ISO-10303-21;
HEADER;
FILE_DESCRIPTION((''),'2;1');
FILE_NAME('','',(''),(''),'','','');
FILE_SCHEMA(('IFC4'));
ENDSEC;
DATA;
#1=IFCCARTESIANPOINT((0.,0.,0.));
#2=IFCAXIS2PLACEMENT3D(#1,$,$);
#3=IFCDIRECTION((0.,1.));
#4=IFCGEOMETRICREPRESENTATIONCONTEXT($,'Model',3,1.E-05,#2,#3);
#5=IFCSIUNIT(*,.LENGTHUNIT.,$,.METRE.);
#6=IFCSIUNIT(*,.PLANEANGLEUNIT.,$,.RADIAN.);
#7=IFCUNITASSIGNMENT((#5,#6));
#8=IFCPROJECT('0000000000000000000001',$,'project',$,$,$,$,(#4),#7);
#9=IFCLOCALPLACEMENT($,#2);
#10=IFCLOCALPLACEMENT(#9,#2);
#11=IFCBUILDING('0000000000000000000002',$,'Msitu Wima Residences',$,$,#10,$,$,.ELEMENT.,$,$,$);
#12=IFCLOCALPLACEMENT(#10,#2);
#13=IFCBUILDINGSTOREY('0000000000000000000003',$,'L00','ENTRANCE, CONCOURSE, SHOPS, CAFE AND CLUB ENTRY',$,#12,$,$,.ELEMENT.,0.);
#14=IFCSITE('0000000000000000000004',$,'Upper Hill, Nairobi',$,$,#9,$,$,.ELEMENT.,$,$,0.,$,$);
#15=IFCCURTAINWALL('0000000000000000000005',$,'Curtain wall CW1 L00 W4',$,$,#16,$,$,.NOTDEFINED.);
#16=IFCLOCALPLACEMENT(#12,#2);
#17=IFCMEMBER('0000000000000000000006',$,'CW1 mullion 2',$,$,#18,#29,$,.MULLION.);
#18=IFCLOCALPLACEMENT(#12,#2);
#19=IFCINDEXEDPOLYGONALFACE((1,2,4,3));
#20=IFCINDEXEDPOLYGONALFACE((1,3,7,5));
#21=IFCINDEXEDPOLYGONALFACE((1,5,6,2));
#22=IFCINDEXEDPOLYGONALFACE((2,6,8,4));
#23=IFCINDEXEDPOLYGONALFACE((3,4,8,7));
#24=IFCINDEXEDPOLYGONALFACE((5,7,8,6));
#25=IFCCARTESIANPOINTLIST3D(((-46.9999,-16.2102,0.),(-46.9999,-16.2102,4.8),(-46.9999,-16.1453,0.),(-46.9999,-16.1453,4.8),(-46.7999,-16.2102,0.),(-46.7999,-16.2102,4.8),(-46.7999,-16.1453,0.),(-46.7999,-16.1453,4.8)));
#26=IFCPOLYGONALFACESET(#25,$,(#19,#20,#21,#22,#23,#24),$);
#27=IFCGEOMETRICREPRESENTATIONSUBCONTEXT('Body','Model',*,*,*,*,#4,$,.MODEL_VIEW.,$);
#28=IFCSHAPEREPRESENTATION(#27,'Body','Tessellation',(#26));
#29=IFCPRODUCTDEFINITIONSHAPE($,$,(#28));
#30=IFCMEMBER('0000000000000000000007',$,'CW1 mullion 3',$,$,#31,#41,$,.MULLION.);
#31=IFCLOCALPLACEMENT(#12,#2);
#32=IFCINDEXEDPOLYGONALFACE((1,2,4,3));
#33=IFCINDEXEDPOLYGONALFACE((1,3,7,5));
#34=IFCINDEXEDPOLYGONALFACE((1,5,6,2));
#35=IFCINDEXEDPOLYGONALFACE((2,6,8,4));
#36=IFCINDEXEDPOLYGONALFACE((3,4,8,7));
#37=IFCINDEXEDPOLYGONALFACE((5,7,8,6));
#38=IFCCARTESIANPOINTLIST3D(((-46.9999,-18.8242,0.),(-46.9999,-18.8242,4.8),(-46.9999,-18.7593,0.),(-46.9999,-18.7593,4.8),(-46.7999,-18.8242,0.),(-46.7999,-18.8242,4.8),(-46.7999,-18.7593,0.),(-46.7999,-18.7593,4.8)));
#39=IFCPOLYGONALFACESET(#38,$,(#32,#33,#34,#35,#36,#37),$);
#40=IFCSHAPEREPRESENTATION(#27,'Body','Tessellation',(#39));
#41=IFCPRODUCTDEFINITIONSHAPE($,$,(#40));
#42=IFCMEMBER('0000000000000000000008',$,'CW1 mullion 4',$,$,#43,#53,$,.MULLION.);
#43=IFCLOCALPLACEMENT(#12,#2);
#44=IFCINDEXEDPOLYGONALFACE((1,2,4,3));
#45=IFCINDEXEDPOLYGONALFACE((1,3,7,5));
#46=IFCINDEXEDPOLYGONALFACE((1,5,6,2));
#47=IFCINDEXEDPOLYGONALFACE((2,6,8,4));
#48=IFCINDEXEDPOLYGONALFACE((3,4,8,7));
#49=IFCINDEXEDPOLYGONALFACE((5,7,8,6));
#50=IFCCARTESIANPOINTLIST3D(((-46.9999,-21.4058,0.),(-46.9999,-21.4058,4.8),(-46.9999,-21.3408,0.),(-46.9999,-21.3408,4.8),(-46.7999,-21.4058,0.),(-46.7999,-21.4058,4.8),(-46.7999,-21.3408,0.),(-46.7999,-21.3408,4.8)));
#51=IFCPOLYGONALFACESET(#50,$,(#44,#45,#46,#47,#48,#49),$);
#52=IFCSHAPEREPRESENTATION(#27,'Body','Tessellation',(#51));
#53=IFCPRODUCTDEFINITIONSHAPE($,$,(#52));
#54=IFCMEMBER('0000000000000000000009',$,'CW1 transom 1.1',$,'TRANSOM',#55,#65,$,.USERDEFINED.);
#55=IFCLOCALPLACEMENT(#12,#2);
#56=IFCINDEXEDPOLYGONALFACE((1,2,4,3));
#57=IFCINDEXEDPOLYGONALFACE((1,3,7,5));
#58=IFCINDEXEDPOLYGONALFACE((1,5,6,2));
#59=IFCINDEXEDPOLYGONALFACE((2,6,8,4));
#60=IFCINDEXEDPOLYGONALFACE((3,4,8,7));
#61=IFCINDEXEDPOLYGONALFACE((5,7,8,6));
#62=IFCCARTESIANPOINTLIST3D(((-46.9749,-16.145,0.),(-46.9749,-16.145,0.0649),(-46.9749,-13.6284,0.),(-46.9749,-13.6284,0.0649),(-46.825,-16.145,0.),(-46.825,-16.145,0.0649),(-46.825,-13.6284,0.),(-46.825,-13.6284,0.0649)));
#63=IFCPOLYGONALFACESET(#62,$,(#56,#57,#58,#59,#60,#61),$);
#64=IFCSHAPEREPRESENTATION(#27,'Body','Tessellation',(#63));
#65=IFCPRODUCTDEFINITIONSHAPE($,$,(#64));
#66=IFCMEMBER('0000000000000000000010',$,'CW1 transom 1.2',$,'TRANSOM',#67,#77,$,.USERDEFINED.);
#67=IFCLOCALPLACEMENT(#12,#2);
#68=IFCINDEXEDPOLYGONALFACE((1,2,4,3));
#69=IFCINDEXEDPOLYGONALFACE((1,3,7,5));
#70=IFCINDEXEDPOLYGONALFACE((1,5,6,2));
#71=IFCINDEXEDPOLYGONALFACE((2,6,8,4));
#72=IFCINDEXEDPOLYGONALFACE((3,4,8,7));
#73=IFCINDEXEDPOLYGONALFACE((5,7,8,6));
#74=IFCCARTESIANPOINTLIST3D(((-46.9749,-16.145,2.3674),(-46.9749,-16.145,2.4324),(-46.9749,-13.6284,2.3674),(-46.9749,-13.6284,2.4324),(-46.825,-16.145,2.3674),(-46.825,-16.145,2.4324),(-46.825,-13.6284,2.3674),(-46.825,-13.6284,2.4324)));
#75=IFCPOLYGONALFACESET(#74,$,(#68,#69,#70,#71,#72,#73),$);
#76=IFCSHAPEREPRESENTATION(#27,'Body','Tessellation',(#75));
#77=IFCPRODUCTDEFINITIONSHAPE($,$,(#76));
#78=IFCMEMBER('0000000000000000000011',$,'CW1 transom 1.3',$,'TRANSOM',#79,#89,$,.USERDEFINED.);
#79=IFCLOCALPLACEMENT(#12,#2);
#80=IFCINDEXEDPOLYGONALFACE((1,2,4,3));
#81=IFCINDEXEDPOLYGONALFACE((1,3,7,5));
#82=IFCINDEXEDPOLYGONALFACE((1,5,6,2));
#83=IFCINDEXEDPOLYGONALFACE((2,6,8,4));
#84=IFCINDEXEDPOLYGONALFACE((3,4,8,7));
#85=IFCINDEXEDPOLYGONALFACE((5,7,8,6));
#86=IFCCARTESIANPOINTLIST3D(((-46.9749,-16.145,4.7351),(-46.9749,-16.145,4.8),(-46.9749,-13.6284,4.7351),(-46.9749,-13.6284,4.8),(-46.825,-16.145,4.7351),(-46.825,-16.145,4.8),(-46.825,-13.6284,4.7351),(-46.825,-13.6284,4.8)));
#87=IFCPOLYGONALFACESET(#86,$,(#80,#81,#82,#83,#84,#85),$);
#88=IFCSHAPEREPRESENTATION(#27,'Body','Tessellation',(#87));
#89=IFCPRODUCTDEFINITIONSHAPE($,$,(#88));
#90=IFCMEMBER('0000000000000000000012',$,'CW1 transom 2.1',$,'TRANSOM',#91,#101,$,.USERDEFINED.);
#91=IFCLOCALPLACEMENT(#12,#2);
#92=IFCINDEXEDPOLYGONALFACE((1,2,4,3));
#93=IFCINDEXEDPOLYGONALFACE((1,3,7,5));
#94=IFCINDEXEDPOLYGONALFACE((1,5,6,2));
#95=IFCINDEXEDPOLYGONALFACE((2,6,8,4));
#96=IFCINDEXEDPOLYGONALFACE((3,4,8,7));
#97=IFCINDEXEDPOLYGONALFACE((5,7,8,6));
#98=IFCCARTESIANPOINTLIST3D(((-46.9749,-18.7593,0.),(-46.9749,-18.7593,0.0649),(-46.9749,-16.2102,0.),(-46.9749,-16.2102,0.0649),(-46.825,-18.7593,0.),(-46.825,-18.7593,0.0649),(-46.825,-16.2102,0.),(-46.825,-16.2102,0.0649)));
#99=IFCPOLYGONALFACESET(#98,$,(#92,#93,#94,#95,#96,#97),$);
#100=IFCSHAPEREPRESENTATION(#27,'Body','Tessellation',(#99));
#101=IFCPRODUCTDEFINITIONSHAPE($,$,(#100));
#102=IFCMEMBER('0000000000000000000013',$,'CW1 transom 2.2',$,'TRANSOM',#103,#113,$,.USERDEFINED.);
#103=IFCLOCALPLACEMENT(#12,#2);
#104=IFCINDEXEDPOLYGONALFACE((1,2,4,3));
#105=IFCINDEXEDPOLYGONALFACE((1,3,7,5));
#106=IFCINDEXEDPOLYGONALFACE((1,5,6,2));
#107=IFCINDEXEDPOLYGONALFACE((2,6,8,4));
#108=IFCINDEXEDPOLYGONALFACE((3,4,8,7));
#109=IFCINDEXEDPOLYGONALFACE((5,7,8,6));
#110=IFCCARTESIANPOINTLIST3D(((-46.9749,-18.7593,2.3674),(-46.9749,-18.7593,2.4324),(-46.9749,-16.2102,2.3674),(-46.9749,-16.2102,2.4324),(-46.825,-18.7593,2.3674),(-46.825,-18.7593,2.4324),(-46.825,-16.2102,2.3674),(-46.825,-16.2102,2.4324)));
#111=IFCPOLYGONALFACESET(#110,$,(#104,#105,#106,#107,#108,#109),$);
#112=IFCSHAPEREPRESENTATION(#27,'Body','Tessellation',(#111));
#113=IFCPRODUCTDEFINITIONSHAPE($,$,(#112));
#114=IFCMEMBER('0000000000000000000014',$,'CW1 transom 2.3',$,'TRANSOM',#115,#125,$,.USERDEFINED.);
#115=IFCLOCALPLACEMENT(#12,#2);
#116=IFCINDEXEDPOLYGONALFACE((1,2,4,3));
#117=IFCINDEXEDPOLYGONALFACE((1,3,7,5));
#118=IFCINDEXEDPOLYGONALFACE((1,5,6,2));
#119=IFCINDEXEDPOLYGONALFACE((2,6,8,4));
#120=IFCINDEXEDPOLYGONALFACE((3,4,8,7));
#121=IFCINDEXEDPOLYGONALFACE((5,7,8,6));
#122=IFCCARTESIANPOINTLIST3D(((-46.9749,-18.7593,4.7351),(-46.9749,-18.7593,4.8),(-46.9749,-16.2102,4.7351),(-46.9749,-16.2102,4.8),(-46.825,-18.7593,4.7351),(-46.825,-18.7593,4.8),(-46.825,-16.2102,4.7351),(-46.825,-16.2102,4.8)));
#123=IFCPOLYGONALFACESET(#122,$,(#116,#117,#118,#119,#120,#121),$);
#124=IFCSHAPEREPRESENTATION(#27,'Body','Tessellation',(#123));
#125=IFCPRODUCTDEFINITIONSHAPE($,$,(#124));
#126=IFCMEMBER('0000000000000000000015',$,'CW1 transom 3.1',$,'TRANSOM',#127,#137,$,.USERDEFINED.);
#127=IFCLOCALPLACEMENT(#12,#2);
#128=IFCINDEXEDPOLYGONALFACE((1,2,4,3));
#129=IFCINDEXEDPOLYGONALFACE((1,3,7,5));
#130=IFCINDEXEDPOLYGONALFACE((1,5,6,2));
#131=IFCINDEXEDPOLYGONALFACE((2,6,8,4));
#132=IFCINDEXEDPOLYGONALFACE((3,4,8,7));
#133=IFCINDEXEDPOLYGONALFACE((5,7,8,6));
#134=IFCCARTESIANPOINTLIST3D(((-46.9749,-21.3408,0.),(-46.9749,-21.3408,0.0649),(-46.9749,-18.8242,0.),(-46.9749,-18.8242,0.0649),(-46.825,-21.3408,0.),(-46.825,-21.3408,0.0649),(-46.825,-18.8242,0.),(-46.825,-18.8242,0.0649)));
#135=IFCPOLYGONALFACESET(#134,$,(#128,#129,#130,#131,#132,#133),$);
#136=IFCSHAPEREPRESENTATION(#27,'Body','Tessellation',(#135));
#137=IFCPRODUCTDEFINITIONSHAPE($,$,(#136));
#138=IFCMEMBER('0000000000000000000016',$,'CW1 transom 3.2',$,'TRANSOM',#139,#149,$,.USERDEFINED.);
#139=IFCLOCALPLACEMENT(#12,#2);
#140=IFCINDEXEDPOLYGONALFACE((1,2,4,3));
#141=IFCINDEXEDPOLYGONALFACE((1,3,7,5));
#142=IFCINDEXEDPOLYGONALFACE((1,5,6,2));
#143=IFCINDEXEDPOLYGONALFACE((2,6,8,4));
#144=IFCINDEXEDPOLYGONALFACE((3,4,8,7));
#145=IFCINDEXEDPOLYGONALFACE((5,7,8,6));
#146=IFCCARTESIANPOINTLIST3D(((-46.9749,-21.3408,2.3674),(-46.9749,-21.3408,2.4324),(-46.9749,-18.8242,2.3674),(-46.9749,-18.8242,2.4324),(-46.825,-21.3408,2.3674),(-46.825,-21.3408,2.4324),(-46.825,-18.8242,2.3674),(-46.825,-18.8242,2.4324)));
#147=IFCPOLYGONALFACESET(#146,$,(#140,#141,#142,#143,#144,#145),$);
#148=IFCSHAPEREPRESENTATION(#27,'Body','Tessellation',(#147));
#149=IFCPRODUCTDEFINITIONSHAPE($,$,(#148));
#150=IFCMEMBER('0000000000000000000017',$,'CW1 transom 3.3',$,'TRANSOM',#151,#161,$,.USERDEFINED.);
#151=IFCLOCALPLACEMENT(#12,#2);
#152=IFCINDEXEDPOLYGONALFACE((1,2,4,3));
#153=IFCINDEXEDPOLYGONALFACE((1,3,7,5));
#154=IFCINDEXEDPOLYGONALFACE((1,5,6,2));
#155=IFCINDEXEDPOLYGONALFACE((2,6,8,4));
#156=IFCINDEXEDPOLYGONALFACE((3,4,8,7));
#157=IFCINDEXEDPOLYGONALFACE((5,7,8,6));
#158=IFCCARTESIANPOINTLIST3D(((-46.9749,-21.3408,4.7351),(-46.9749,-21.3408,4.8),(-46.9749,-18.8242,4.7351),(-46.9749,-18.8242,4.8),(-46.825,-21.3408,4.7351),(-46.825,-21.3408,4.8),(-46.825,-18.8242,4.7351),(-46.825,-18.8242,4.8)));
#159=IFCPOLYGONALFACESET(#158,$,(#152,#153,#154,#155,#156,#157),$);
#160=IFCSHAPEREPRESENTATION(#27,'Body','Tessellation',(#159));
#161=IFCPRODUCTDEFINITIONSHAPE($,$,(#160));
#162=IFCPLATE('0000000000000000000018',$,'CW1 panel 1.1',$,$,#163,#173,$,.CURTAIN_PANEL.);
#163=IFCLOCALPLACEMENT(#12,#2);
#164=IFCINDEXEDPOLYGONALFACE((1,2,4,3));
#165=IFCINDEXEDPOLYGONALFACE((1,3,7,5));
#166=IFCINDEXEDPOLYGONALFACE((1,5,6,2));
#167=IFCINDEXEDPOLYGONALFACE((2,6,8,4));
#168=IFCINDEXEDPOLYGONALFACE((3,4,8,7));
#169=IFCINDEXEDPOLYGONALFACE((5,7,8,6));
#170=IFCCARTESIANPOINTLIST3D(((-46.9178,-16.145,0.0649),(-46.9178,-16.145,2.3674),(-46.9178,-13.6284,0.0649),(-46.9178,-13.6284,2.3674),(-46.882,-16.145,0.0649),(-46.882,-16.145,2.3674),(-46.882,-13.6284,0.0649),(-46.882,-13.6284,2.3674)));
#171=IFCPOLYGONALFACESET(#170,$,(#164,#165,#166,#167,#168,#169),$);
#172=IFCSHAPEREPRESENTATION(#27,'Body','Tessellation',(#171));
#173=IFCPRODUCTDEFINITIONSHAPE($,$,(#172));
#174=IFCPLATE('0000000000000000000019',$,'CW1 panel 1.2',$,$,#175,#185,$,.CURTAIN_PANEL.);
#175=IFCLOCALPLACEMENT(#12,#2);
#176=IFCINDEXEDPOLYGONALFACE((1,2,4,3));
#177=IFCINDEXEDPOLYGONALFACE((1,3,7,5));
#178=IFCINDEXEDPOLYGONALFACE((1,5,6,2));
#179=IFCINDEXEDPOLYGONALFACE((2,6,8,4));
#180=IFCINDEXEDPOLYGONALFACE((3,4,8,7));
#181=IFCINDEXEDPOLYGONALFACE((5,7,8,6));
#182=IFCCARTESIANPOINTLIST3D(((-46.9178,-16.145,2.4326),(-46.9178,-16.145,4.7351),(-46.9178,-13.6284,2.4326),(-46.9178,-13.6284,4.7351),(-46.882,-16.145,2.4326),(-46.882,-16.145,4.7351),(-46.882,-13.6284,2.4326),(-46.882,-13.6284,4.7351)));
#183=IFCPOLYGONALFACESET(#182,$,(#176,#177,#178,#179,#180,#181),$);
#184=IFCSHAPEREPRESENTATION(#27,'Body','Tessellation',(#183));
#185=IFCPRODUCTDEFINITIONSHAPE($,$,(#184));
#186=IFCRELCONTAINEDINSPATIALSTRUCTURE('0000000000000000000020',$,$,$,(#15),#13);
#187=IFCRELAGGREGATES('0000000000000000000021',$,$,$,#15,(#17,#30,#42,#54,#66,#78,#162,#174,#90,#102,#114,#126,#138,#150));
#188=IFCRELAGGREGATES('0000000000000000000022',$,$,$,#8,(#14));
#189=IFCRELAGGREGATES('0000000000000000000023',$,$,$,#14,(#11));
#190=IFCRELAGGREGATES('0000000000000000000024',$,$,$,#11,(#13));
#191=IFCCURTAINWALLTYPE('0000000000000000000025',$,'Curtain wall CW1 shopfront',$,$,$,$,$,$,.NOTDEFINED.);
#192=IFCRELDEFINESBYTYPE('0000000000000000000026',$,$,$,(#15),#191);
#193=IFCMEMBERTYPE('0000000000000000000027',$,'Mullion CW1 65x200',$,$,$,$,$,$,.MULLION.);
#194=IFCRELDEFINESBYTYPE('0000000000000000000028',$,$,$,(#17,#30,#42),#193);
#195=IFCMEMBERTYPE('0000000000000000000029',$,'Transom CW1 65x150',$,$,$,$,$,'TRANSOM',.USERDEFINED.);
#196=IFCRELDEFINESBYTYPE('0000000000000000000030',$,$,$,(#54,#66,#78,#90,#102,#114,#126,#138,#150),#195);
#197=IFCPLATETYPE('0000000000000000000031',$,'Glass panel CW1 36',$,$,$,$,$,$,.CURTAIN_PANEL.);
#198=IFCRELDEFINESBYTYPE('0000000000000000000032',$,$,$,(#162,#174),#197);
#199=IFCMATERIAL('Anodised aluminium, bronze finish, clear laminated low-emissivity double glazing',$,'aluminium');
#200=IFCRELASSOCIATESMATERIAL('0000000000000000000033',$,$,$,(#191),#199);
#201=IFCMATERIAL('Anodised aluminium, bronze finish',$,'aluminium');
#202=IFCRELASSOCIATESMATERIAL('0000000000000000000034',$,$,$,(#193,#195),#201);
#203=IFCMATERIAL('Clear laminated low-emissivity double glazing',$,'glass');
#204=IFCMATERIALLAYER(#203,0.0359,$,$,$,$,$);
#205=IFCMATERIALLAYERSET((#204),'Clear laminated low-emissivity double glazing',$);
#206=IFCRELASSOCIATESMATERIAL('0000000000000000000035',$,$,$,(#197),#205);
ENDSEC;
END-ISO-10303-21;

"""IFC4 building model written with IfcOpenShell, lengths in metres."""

from ifc_helpers import new_model, si_unit, direction, frame, origin, origin_2d, place, context, subcontext, project, spatial, rectangle, extrude, material, layer, layer_set, material_profile, profile_set, type_object, element, aggregate, save


model = new_model("IFC4")

# Units and contexts
model_context = context("Model", 3, precision=1e-05, world=origin(), true_north=direction((0.0, 1.0)))
body_context = subcontext(model_context, "Body", "Model", "MODEL_VIEW")
ifc_project = project(units=[si_unit("LENGTHUNIT", "METRE"), si_unit("PLANEANGLEUNIT", "RADIAN")], contexts=[model_context])

# Site, building, storey
site_placement = place(None, origin())
site = spatial("IfcSite", under=ifc_project, at=site_placement, Name="Upper Hill, Nairobi", CompositionType="ELEMENT", RefElevation=0.0)
building_placement = place(site_placement, origin())
building = spatial("IfcBuilding", under=site, at=building_placement, Name="Msitu Wima Residences", CompositionType="ELEMENT")
storey_placement = place(building_placement, origin())
storey = spatial("IfcBuildingStorey", under=building, at=storey_placement, Name="L00", Description="ENTRANCE, CONCOURSE, SHOPS, CAFE AND CLUB ENTRY", CompositionType="ELEMENT", Elevation=0.0)

# Curtain wall, members, plates
ifc_material_1 = material(Name="Anodised aluminium, bronze finish, clear laminated low-emissivity double glazing", Category="aluminium")
curtain_wall_type = type_object("IfcCurtainWallType", Name="Curtain wall CW1 shopfront", PredefinedType="NOTDEFINED", material=ifc_material_1)
curtain_wall_placement = place(storey_placement, origin())
curtain_wall = element("IfcCurtainWall", 1, at=curtain_wall_placement, inside=storey, type_object=curtain_wall_type, Name="Curtain wall CW1 L00 W4", PredefinedType="NOTDEFINED")
ifc_material_2 = material(Name="Anodised aluminium, bronze finish", Category="aluminium")
ifc_material_profile_1 = material_profile(ifc_material_2, rectangle(XDim=0.2, YDim=0.0649, at=origin_2d()), Name="Mullion 65x200")
ifc_profile_set_1 = profile_set([ifc_material_profile_1], Name="Anodised aluminium, bronze finish")
member_type_1 = type_object("IfcMemberType", Name="Mullion CW1 65x200", PredefinedType="MULLION", material=ifc_profile_set_1)
member_1_placement = place(storey_placement, frame((-46.8999, -16.1777, 0.0), z_axis=(0.0, 0.0, 1.0), x_axis=(1.0, 0.0, 0.0)))
member_1 = element("IfcMember", 2, at=member_1_placement, type_object=member_type_1, Name="CW1 mullion 2", PredefinedType="MULLION", context=body_context, shape_type="SweptSolid", body=[
    extrude(rectangle(XDim=0.2, YDim=0.0649, at=origin_2d()), origin(), (0.0, 0.0, 1.0), 4.8),
])
member_2_placement = place(storey_placement, frame((-46.8999, -18.7917, 0.0), z_axis=(0.0, 0.0, 1.0), x_axis=(1.0, 0.0, 0.0)))
member_2 = element("IfcMember", 3, at=member_2_placement, type_object=member_type_1, Name="CW1 mullion 3", PredefinedType="MULLION", context=body_context, shape_type="SweptSolid", body=[
    extrude(rectangle(XDim=0.2, YDim=0.0649, at=origin_2d()), origin(), (0.0, 0.0, 1.0), 4.8),
])
member_3_placement = place(storey_placement, frame((-46.8999, -21.3733, 0.0), z_axis=(0.0, 0.0, 1.0), x_axis=(1.0, 0.0, 0.0)))
member_3 = element("IfcMember", 4, at=member_3_placement, type_object=member_type_1, Name="CW1 mullion 4", PredefinedType="MULLION", context=body_context, shape_type="SweptSolid", body=[
    extrude(rectangle(XDim=0.2, YDim=0.0649, at=origin_2d()), origin(), (0.0, 0.0, 1.0), 4.8),
])
ifc_material_profile_2 = material_profile(ifc_material_2, rectangle(XDim=0.1499, YDim=0.0649, at=origin_2d()), Name="Transom 65x150")
ifc_profile_set_2 = profile_set([ifc_material_profile_2], Name="Anodised aluminium, bronze finish")
member_type_2 = type_object("IfcMemberType", Name="Transom CW1 65x150", ElementType="TRANSOM", PredefinedType="USERDEFINED", material=ifc_profile_set_2)
member_4_placement = place(storey_placement, frame((-46.8999, -13.6284, 0.0325), z_axis=(0.0, -1.0, 0.0), x_axis=(1.0, 0.0, 0.0)))
member_4 = element("IfcMember", 5, at=member_4_placement, type_object=member_type_2, Name="CW1 transom 1.1", ObjectType="TRANSOM", PredefinedType="USERDEFINED", context=body_context, shape_type="SweptSolid", body=[
    extrude(rectangle(XDim=0.1499, YDim=0.0649, at=origin_2d()), origin(), (0.0, 0.0, 1.0), 2.5166),
])
member_5_placement = place(storey_placement, frame((-46.8999, -13.6284, 2.3999), z_axis=(0.0, -1.0, 0.0), x_axis=(1.0, 0.0, 0.0)))
member_5 = element("IfcMember", 6, at=member_5_placement, type_object=member_type_2, Name="CW1 transom 1.2", ObjectType="TRANSOM", PredefinedType="USERDEFINED", context=body_context, shape_type="SweptSolid", body=[
    extrude(rectangle(XDim=0.1499, YDim=0.0649, at=origin_2d()), origin(), (0.0, 0.0, 1.0), 2.5166),
])
member_6_placement = place(storey_placement, frame((-46.8999, -13.6284, 4.7676), z_axis=(0.0, -1.0, 0.0), x_axis=(1.0, 0.0, 0.0)))
member_6 = element("IfcMember", 7, at=member_6_placement, type_object=member_type_2, Name="CW1 transom 1.3", ObjectType="TRANSOM", PredefinedType="USERDEFINED", context=body_context, shape_type="SweptSolid", body=[
    extrude(rectangle(XDim=0.1499, YDim=0.0649, at=origin_2d()), origin(), (0.0, 0.0, 1.0), 2.5166),
])
member_7_placement = place(storey_placement, frame((-46.8999, -16.2102, 0.0325), z_axis=(0.0, -1.0, 0.0), x_axis=(1.0, 0.0, 0.0)))
member_7 = element("IfcMember", 8, at=member_7_placement, type_object=member_type_2, Name="CW1 transom 2.1", ObjectType="TRANSOM", PredefinedType="USERDEFINED", context=body_context, shape_type="SweptSolid", body=[
    extrude(rectangle(XDim=0.1499, YDim=0.0649, at=origin_2d()), origin(), (0.0, 0.0, 1.0), 2.5491),
])
member_8_placement = place(storey_placement, frame((-46.8999, -16.2102, 2.3999), z_axis=(0.0, -1.0, 0.0), x_axis=(1.0, 0.0, 0.0)))
member_8 = element("IfcMember", 9, at=member_8_placement, type_object=member_type_2, Name="CW1 transom 2.2", ObjectType="TRANSOM", PredefinedType="USERDEFINED", context=body_context, shape_type="SweptSolid", body=[
    extrude(rectangle(XDim=0.1499, YDim=0.0649, at=origin_2d()), origin(), (0.0, 0.0, 1.0), 2.5491),
])
member_9_placement = place(storey_placement, frame((-46.8999, -16.2102, 4.7676), z_axis=(0.0, -1.0, 0.0), x_axis=(1.0, 0.0, 0.0)))
member_9 = element("IfcMember", 10, at=member_9_placement, type_object=member_type_2, Name="CW1 transom 2.3", ObjectType="TRANSOM", PredefinedType="USERDEFINED", context=body_context, shape_type="SweptSolid", body=[
    extrude(rectangle(XDim=0.1499, YDim=0.0649, at=origin_2d()), origin(), (0.0, 0.0, 1.0), 2.5491),
])
member_10_placement = place(storey_placement, frame((-46.8999, -18.8242, 0.0325), z_axis=(0.0, -1.0, 0.0), x_axis=(1.0, 0.0, 0.0)))
member_10 = element("IfcMember", 11, at=member_10_placement, type_object=member_type_2, Name="CW1 transom 3.1", ObjectType="TRANSOM", PredefinedType="USERDEFINED", context=body_context, shape_type="SweptSolid", body=[
    extrude(rectangle(XDim=0.1499, YDim=0.0649, at=origin_2d()), origin(), (0.0, 0.0, 1.0), 2.5166),
])
member_11_placement = place(storey_placement, frame((-46.8999, -18.8242, 2.3999), z_axis=(0.0, -1.0, 0.0), x_axis=(1.0, 0.0, 0.0)))
member_11 = element("IfcMember", 12, at=member_11_placement, type_object=member_type_2, Name="CW1 transom 3.2", ObjectType="TRANSOM", PredefinedType="USERDEFINED", context=body_context, shape_type="SweptSolid", body=[
    extrude(rectangle(XDim=0.1499, YDim=0.0649, at=origin_2d()), origin(), (0.0, 0.0, 1.0), 2.5166),
])
member_12_placement = place(storey_placement, frame((-46.8999, -18.8242, 4.7676), z_axis=(0.0, -1.0, 0.0), x_axis=(1.0, 0.0, 0.0)))
member_12 = element("IfcMember", 13, at=member_12_placement, type_object=member_type_2, Name="CW1 transom 3.3", ObjectType="TRANSOM", PredefinedType="USERDEFINED", context=body_context, shape_type="SweptSolid", body=[
    extrude(rectangle(XDim=0.1499, YDim=0.0649, at=origin_2d()), origin(), (0.0, 0.0, 1.0), 2.5166),
])
ifc_material_3 = material(Name="Clear laminated low-emissivity double glazing", Category="glass")
ifc_layer_1 = layer(ifc_material_3, 0.0359)
ifc_layer_set_1 = layer_set([ifc_layer_1], Name="Clear laminated low-emissivity double glazing")
plate_type = type_object("IfcPlateType", Name="Glass panel CW1 36", PredefinedType="CURTAIN_PANEL", material=ifc_layer_set_1)
plate_1_placement = place(storey_placement, frame((-46.8999, -14.8867, 0.0649), z_axis=(0.0, 0.0, 1.0), x_axis=(0.0, -1.0, 0.0)))
plate_1 = element("IfcPlate", 14, at=plate_1_placement, type_object=plate_type, Name="CW1 panel 1.1", PredefinedType="CURTAIN_PANEL", context=body_context, shape_type="SweptSolid", body=[
    extrude(rectangle(XDim=2.5166, YDim=0.0359, at=origin_2d()), origin(), (0.0, 0.0, 1.0), 2.3025),
])
plate_2_placement = place(storey_placement, frame((-46.8999, -14.8867, 2.4326), z_axis=(0.0, 0.0, 1.0), x_axis=(0.0, -1.0, 0.0)))
plate_2 = element("IfcPlate", 15, at=plate_2_placement, type_object=plate_type, Name="CW1 panel 1.2", PredefinedType="CURTAIN_PANEL", context=body_context, shape_type="SweptSolid", body=[
    extrude(rectangle(XDim=2.5166, YDim=0.0359, at=origin_2d()), origin(), (0.0, 0.0, 1.0), 2.3025),
])
aggregate(curtain_wall, [member_1, member_2, member_3, member_4, member_5, member_6, plate_1, plate_2, member_7, member_8, member_9, member_10, member_11, member_12])

save(model, "model.ifc")
